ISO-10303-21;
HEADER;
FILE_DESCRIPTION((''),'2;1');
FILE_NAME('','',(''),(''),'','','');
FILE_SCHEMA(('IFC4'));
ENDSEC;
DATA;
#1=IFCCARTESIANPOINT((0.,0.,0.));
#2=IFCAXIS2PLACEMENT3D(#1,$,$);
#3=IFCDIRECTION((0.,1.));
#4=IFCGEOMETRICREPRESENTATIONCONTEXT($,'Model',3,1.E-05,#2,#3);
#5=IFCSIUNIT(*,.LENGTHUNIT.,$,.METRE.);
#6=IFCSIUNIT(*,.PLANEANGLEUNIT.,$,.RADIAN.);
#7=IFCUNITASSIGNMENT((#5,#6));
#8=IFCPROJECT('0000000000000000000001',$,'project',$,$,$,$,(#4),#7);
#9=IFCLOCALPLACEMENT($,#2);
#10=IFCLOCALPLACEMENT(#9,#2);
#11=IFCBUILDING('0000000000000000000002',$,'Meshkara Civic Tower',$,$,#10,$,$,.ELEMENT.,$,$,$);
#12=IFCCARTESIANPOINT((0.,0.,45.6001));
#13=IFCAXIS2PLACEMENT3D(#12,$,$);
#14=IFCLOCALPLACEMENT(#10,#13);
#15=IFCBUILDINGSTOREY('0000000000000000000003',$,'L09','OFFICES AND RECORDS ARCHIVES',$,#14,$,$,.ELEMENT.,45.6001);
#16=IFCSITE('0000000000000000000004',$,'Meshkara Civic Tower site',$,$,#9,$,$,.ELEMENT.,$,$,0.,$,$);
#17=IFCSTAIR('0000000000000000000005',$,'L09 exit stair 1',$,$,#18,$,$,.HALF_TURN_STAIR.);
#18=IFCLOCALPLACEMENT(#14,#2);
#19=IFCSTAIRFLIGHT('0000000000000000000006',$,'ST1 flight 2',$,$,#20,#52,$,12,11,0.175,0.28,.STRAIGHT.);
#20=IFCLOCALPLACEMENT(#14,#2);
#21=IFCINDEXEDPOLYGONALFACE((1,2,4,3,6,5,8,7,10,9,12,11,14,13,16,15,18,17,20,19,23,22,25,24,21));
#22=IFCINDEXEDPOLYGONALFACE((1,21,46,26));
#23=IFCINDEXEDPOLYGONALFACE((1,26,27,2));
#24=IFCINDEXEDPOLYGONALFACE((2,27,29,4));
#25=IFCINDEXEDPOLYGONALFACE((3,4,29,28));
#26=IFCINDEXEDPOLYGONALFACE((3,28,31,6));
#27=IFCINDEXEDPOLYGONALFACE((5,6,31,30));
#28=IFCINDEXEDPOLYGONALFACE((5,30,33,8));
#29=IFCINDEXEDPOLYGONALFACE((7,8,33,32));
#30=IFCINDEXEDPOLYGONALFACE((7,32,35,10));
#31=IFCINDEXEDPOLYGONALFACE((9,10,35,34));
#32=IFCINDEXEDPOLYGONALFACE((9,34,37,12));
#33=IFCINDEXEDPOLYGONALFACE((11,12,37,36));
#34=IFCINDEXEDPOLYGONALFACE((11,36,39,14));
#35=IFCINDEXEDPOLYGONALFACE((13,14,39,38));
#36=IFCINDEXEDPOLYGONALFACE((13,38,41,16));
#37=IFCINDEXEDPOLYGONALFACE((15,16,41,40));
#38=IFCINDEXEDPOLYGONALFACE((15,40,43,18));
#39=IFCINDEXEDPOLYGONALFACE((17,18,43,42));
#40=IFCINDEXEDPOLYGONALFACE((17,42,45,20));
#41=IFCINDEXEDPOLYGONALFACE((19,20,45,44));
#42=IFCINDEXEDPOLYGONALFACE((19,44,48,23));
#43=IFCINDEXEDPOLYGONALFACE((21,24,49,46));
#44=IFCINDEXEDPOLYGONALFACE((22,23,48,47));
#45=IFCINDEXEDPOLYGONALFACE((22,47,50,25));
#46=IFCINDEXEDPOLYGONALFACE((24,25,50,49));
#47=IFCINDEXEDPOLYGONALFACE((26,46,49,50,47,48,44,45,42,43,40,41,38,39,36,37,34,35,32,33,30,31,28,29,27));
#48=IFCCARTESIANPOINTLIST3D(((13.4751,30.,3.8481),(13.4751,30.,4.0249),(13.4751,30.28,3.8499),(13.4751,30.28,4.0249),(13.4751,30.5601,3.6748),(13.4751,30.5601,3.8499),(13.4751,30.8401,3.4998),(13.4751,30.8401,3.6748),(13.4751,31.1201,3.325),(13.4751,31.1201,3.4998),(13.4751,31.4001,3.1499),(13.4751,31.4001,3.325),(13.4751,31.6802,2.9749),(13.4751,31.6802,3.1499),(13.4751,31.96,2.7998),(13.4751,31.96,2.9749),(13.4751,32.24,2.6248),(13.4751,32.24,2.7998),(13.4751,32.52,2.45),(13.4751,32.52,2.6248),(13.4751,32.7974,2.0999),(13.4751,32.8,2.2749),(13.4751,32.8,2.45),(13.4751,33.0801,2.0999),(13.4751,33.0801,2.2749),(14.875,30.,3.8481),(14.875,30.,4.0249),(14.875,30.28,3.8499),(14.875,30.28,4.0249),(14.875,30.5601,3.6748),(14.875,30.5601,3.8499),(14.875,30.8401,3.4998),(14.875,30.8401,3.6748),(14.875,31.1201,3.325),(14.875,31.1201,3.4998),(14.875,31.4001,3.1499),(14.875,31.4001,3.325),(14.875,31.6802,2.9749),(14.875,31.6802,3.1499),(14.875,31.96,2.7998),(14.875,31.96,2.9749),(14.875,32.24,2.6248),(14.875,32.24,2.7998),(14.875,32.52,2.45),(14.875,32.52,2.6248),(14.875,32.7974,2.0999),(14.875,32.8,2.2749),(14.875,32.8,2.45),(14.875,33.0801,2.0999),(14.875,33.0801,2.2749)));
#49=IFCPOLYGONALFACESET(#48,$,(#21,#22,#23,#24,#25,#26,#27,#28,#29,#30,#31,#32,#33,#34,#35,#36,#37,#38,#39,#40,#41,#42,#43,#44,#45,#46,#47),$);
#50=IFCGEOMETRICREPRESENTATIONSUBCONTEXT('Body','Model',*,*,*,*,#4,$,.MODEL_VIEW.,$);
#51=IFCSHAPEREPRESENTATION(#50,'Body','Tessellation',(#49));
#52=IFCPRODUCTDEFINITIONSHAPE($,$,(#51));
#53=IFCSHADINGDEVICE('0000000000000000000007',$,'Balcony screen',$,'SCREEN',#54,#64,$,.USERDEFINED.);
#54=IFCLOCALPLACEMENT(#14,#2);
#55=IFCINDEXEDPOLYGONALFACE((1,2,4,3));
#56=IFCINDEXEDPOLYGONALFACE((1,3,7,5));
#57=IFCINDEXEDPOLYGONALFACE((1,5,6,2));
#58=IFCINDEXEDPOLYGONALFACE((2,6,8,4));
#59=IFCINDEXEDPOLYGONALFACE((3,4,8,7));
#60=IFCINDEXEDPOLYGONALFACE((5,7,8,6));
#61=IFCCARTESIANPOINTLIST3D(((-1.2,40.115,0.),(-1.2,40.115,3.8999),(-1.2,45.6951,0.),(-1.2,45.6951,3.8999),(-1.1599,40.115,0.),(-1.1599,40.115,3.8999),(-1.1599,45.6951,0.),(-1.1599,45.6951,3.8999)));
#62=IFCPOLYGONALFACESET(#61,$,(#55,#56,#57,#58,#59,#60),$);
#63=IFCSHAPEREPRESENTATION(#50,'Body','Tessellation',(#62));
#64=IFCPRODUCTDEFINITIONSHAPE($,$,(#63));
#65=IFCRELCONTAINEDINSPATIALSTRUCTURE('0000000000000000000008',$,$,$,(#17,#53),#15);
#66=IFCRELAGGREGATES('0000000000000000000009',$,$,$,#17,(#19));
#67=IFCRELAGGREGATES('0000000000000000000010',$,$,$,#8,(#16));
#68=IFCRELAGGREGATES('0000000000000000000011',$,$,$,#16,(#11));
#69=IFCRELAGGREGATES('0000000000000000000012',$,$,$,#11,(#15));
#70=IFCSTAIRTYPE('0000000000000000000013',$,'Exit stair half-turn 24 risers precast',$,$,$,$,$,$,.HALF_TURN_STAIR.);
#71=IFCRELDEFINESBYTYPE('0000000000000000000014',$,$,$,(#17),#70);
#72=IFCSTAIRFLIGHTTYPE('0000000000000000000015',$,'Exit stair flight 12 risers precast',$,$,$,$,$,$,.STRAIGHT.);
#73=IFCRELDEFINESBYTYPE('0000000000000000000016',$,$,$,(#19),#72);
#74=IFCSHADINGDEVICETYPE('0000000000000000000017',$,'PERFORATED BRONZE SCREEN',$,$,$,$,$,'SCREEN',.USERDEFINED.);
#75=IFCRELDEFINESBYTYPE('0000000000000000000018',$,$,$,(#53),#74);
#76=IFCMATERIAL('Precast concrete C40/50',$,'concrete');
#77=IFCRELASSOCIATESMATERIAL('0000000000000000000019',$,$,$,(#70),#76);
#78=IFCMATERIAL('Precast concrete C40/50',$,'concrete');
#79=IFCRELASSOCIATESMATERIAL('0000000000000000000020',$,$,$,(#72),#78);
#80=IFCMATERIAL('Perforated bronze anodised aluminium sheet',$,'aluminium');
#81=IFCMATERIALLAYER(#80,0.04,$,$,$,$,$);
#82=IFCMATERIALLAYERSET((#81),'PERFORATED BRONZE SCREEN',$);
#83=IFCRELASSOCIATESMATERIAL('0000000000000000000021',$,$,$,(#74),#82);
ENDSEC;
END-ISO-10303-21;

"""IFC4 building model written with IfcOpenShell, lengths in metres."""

from ifc_helpers import new_model, si_unit, direction, frame, origin, origin_2d, place, context, subcontext, project, spatial, polyline, rectangle, outline, extrude, material, layer, layer_set, type_object, element, aggregate, save


model = new_model("IFC4")

# Units and contexts
model_context = context("Model", 3, precision=1e-05, world=origin(), true_north=direction((0.0, 1.0)))
body_context = subcontext(model_context, "Body", "Model", "MODEL_VIEW")
ifc_project = project(units=[si_unit("LENGTHUNIT", "METRE"), si_unit("PLANEANGLEUNIT", "RADIAN")], contexts=[model_context])

# Site, building, storey
site_placement = place(None, origin())
site = spatial("IfcSite", under=ifc_project, at=site_placement, Name="Meshkara Civic Tower site", CompositionType="ELEMENT", RefElevation=0.0)
building_placement = place(site_placement, origin())
building = spatial("IfcBuilding", under=site, at=building_placement, Name="Meshkara Civic Tower", CompositionType="ELEMENT")
storey_placement = place(building_placement, frame((0.0, 0.0, 45.6001)))
storey = spatial("IfcBuildingStorey", under=building, at=storey_placement, Name="L09", Description="OFFICES AND RECORDS ARCHIVES", CompositionType="ELEMENT", Elevation=45.6001)

# Stair, stair flight
ifc_material_1 = material(Name="Precast concrete C40/50", Category="concrete")
stair_type = type_object("IfcStairType", Name="Exit stair half-turn 24 risers precast", PredefinedType="HALF_TURN_STAIR", material=ifc_material_1)
stair_placement = place(storey_placement, origin())
stair = element("IfcStair", 1, at=stair_placement, inside=storey, type_object=stair_type, Name="L09 exit stair 1", PredefinedType="HALF_TURN_STAIR")
ifc_material_2 = material(Name="Precast concrete C40/50", Category="concrete")
stair_flight_type = type_object("IfcStairFlightType", Name="Exit stair flight 12 risers precast", PredefinedType="STRAIGHT", material=ifc_material_2)
stair_flight_placement = place(storey_placement, frame((14.175, 33.0801, 2.0999), z_axis=(0.0, 0.0, 1.0), x_axis=(0.0, -1.0, 0.0)))
stair_flight = element("IfcStairFlight", 2, at=stair_flight_placement, type_object=stair_flight_type, Name="ST1 flight 2", NumberOfRisers=12, NumberOfTreads=11, PredefinedType="STRAIGHT", RiserHeight=0.175, TreadLength=0.28, context=body_context, shape_type="SweptSolid", body=[
    extrude(outline(polyline([(0.0, 0.0), (0.0, 0.175), (0.28, 0.175), (0.28, 0.3501), (0.5601, 0.3501), (0.5601, 0.5249), (0.8401, 0.5249), (0.8401, 0.7), (1.1201, 0.7), (1.1201, 0.875), (1.3999, 0.875), (1.3999, 1.05), (1.6799, 1.05), (1.6799, 1.2251), (1.96, 1.2251), (1.96, 1.3999), (2.24, 1.3999), (2.24, 1.575), (2.52, 1.575), (2.52, 1.75), (2.8, 1.75), (2.8, 1.925), (3.0801, 1.925), (3.0801, 2.1001), (3.0801, 1.7483), (0.2827, 0.0), (0.0, 0.0)])), frame((0.0, 0.7, 0.0), z_axis=(0.0, -1.0, 0.0), x_axis=(1.0, 0.0, 0.0)), (0.0, 0.0, 1.0), 1.3999),
])
aggregate(stair, [stair_flight])

# Shading device
ifc_material_3 = material(Name="Perforated bronze anodised aluminium sheet", Category="aluminium")
ifc_layer_1 = layer(ifc_material_3, 0.04)
ifc_layer_set_1 = layer_set([ifc_layer_1], Name="PERFORATED BRONZE SCREEN")
shading_device_type = type_object("IfcShadingDeviceType", Name="PERFORATED BRONZE SCREEN", ElementType="SCREEN", PredefinedType="USERDEFINED", material=ifc_layer_set_1)
shading_device_placement = place(storey_placement, frame((-1.1799, 42.905, 0.0), z_axis=(0.0, 0.0, 1.0), x_axis=(0.0, -1.0, 0.0)))
element("IfcShadingDevice", 3, at=shading_device_placement, inside=storey, type_object=shading_device_type, Name="Balcony screen", ObjectType="SCREEN", PredefinedType="USERDEFINED", context=body_context, shape_type="SweptSolid", body=[
    extrude(rectangle(XDim=5.5801, YDim=0.04, at=origin_2d()), origin(), (0.0, 0.0, 1.0), 3.8999),
])

save(model, "model.ifc")
